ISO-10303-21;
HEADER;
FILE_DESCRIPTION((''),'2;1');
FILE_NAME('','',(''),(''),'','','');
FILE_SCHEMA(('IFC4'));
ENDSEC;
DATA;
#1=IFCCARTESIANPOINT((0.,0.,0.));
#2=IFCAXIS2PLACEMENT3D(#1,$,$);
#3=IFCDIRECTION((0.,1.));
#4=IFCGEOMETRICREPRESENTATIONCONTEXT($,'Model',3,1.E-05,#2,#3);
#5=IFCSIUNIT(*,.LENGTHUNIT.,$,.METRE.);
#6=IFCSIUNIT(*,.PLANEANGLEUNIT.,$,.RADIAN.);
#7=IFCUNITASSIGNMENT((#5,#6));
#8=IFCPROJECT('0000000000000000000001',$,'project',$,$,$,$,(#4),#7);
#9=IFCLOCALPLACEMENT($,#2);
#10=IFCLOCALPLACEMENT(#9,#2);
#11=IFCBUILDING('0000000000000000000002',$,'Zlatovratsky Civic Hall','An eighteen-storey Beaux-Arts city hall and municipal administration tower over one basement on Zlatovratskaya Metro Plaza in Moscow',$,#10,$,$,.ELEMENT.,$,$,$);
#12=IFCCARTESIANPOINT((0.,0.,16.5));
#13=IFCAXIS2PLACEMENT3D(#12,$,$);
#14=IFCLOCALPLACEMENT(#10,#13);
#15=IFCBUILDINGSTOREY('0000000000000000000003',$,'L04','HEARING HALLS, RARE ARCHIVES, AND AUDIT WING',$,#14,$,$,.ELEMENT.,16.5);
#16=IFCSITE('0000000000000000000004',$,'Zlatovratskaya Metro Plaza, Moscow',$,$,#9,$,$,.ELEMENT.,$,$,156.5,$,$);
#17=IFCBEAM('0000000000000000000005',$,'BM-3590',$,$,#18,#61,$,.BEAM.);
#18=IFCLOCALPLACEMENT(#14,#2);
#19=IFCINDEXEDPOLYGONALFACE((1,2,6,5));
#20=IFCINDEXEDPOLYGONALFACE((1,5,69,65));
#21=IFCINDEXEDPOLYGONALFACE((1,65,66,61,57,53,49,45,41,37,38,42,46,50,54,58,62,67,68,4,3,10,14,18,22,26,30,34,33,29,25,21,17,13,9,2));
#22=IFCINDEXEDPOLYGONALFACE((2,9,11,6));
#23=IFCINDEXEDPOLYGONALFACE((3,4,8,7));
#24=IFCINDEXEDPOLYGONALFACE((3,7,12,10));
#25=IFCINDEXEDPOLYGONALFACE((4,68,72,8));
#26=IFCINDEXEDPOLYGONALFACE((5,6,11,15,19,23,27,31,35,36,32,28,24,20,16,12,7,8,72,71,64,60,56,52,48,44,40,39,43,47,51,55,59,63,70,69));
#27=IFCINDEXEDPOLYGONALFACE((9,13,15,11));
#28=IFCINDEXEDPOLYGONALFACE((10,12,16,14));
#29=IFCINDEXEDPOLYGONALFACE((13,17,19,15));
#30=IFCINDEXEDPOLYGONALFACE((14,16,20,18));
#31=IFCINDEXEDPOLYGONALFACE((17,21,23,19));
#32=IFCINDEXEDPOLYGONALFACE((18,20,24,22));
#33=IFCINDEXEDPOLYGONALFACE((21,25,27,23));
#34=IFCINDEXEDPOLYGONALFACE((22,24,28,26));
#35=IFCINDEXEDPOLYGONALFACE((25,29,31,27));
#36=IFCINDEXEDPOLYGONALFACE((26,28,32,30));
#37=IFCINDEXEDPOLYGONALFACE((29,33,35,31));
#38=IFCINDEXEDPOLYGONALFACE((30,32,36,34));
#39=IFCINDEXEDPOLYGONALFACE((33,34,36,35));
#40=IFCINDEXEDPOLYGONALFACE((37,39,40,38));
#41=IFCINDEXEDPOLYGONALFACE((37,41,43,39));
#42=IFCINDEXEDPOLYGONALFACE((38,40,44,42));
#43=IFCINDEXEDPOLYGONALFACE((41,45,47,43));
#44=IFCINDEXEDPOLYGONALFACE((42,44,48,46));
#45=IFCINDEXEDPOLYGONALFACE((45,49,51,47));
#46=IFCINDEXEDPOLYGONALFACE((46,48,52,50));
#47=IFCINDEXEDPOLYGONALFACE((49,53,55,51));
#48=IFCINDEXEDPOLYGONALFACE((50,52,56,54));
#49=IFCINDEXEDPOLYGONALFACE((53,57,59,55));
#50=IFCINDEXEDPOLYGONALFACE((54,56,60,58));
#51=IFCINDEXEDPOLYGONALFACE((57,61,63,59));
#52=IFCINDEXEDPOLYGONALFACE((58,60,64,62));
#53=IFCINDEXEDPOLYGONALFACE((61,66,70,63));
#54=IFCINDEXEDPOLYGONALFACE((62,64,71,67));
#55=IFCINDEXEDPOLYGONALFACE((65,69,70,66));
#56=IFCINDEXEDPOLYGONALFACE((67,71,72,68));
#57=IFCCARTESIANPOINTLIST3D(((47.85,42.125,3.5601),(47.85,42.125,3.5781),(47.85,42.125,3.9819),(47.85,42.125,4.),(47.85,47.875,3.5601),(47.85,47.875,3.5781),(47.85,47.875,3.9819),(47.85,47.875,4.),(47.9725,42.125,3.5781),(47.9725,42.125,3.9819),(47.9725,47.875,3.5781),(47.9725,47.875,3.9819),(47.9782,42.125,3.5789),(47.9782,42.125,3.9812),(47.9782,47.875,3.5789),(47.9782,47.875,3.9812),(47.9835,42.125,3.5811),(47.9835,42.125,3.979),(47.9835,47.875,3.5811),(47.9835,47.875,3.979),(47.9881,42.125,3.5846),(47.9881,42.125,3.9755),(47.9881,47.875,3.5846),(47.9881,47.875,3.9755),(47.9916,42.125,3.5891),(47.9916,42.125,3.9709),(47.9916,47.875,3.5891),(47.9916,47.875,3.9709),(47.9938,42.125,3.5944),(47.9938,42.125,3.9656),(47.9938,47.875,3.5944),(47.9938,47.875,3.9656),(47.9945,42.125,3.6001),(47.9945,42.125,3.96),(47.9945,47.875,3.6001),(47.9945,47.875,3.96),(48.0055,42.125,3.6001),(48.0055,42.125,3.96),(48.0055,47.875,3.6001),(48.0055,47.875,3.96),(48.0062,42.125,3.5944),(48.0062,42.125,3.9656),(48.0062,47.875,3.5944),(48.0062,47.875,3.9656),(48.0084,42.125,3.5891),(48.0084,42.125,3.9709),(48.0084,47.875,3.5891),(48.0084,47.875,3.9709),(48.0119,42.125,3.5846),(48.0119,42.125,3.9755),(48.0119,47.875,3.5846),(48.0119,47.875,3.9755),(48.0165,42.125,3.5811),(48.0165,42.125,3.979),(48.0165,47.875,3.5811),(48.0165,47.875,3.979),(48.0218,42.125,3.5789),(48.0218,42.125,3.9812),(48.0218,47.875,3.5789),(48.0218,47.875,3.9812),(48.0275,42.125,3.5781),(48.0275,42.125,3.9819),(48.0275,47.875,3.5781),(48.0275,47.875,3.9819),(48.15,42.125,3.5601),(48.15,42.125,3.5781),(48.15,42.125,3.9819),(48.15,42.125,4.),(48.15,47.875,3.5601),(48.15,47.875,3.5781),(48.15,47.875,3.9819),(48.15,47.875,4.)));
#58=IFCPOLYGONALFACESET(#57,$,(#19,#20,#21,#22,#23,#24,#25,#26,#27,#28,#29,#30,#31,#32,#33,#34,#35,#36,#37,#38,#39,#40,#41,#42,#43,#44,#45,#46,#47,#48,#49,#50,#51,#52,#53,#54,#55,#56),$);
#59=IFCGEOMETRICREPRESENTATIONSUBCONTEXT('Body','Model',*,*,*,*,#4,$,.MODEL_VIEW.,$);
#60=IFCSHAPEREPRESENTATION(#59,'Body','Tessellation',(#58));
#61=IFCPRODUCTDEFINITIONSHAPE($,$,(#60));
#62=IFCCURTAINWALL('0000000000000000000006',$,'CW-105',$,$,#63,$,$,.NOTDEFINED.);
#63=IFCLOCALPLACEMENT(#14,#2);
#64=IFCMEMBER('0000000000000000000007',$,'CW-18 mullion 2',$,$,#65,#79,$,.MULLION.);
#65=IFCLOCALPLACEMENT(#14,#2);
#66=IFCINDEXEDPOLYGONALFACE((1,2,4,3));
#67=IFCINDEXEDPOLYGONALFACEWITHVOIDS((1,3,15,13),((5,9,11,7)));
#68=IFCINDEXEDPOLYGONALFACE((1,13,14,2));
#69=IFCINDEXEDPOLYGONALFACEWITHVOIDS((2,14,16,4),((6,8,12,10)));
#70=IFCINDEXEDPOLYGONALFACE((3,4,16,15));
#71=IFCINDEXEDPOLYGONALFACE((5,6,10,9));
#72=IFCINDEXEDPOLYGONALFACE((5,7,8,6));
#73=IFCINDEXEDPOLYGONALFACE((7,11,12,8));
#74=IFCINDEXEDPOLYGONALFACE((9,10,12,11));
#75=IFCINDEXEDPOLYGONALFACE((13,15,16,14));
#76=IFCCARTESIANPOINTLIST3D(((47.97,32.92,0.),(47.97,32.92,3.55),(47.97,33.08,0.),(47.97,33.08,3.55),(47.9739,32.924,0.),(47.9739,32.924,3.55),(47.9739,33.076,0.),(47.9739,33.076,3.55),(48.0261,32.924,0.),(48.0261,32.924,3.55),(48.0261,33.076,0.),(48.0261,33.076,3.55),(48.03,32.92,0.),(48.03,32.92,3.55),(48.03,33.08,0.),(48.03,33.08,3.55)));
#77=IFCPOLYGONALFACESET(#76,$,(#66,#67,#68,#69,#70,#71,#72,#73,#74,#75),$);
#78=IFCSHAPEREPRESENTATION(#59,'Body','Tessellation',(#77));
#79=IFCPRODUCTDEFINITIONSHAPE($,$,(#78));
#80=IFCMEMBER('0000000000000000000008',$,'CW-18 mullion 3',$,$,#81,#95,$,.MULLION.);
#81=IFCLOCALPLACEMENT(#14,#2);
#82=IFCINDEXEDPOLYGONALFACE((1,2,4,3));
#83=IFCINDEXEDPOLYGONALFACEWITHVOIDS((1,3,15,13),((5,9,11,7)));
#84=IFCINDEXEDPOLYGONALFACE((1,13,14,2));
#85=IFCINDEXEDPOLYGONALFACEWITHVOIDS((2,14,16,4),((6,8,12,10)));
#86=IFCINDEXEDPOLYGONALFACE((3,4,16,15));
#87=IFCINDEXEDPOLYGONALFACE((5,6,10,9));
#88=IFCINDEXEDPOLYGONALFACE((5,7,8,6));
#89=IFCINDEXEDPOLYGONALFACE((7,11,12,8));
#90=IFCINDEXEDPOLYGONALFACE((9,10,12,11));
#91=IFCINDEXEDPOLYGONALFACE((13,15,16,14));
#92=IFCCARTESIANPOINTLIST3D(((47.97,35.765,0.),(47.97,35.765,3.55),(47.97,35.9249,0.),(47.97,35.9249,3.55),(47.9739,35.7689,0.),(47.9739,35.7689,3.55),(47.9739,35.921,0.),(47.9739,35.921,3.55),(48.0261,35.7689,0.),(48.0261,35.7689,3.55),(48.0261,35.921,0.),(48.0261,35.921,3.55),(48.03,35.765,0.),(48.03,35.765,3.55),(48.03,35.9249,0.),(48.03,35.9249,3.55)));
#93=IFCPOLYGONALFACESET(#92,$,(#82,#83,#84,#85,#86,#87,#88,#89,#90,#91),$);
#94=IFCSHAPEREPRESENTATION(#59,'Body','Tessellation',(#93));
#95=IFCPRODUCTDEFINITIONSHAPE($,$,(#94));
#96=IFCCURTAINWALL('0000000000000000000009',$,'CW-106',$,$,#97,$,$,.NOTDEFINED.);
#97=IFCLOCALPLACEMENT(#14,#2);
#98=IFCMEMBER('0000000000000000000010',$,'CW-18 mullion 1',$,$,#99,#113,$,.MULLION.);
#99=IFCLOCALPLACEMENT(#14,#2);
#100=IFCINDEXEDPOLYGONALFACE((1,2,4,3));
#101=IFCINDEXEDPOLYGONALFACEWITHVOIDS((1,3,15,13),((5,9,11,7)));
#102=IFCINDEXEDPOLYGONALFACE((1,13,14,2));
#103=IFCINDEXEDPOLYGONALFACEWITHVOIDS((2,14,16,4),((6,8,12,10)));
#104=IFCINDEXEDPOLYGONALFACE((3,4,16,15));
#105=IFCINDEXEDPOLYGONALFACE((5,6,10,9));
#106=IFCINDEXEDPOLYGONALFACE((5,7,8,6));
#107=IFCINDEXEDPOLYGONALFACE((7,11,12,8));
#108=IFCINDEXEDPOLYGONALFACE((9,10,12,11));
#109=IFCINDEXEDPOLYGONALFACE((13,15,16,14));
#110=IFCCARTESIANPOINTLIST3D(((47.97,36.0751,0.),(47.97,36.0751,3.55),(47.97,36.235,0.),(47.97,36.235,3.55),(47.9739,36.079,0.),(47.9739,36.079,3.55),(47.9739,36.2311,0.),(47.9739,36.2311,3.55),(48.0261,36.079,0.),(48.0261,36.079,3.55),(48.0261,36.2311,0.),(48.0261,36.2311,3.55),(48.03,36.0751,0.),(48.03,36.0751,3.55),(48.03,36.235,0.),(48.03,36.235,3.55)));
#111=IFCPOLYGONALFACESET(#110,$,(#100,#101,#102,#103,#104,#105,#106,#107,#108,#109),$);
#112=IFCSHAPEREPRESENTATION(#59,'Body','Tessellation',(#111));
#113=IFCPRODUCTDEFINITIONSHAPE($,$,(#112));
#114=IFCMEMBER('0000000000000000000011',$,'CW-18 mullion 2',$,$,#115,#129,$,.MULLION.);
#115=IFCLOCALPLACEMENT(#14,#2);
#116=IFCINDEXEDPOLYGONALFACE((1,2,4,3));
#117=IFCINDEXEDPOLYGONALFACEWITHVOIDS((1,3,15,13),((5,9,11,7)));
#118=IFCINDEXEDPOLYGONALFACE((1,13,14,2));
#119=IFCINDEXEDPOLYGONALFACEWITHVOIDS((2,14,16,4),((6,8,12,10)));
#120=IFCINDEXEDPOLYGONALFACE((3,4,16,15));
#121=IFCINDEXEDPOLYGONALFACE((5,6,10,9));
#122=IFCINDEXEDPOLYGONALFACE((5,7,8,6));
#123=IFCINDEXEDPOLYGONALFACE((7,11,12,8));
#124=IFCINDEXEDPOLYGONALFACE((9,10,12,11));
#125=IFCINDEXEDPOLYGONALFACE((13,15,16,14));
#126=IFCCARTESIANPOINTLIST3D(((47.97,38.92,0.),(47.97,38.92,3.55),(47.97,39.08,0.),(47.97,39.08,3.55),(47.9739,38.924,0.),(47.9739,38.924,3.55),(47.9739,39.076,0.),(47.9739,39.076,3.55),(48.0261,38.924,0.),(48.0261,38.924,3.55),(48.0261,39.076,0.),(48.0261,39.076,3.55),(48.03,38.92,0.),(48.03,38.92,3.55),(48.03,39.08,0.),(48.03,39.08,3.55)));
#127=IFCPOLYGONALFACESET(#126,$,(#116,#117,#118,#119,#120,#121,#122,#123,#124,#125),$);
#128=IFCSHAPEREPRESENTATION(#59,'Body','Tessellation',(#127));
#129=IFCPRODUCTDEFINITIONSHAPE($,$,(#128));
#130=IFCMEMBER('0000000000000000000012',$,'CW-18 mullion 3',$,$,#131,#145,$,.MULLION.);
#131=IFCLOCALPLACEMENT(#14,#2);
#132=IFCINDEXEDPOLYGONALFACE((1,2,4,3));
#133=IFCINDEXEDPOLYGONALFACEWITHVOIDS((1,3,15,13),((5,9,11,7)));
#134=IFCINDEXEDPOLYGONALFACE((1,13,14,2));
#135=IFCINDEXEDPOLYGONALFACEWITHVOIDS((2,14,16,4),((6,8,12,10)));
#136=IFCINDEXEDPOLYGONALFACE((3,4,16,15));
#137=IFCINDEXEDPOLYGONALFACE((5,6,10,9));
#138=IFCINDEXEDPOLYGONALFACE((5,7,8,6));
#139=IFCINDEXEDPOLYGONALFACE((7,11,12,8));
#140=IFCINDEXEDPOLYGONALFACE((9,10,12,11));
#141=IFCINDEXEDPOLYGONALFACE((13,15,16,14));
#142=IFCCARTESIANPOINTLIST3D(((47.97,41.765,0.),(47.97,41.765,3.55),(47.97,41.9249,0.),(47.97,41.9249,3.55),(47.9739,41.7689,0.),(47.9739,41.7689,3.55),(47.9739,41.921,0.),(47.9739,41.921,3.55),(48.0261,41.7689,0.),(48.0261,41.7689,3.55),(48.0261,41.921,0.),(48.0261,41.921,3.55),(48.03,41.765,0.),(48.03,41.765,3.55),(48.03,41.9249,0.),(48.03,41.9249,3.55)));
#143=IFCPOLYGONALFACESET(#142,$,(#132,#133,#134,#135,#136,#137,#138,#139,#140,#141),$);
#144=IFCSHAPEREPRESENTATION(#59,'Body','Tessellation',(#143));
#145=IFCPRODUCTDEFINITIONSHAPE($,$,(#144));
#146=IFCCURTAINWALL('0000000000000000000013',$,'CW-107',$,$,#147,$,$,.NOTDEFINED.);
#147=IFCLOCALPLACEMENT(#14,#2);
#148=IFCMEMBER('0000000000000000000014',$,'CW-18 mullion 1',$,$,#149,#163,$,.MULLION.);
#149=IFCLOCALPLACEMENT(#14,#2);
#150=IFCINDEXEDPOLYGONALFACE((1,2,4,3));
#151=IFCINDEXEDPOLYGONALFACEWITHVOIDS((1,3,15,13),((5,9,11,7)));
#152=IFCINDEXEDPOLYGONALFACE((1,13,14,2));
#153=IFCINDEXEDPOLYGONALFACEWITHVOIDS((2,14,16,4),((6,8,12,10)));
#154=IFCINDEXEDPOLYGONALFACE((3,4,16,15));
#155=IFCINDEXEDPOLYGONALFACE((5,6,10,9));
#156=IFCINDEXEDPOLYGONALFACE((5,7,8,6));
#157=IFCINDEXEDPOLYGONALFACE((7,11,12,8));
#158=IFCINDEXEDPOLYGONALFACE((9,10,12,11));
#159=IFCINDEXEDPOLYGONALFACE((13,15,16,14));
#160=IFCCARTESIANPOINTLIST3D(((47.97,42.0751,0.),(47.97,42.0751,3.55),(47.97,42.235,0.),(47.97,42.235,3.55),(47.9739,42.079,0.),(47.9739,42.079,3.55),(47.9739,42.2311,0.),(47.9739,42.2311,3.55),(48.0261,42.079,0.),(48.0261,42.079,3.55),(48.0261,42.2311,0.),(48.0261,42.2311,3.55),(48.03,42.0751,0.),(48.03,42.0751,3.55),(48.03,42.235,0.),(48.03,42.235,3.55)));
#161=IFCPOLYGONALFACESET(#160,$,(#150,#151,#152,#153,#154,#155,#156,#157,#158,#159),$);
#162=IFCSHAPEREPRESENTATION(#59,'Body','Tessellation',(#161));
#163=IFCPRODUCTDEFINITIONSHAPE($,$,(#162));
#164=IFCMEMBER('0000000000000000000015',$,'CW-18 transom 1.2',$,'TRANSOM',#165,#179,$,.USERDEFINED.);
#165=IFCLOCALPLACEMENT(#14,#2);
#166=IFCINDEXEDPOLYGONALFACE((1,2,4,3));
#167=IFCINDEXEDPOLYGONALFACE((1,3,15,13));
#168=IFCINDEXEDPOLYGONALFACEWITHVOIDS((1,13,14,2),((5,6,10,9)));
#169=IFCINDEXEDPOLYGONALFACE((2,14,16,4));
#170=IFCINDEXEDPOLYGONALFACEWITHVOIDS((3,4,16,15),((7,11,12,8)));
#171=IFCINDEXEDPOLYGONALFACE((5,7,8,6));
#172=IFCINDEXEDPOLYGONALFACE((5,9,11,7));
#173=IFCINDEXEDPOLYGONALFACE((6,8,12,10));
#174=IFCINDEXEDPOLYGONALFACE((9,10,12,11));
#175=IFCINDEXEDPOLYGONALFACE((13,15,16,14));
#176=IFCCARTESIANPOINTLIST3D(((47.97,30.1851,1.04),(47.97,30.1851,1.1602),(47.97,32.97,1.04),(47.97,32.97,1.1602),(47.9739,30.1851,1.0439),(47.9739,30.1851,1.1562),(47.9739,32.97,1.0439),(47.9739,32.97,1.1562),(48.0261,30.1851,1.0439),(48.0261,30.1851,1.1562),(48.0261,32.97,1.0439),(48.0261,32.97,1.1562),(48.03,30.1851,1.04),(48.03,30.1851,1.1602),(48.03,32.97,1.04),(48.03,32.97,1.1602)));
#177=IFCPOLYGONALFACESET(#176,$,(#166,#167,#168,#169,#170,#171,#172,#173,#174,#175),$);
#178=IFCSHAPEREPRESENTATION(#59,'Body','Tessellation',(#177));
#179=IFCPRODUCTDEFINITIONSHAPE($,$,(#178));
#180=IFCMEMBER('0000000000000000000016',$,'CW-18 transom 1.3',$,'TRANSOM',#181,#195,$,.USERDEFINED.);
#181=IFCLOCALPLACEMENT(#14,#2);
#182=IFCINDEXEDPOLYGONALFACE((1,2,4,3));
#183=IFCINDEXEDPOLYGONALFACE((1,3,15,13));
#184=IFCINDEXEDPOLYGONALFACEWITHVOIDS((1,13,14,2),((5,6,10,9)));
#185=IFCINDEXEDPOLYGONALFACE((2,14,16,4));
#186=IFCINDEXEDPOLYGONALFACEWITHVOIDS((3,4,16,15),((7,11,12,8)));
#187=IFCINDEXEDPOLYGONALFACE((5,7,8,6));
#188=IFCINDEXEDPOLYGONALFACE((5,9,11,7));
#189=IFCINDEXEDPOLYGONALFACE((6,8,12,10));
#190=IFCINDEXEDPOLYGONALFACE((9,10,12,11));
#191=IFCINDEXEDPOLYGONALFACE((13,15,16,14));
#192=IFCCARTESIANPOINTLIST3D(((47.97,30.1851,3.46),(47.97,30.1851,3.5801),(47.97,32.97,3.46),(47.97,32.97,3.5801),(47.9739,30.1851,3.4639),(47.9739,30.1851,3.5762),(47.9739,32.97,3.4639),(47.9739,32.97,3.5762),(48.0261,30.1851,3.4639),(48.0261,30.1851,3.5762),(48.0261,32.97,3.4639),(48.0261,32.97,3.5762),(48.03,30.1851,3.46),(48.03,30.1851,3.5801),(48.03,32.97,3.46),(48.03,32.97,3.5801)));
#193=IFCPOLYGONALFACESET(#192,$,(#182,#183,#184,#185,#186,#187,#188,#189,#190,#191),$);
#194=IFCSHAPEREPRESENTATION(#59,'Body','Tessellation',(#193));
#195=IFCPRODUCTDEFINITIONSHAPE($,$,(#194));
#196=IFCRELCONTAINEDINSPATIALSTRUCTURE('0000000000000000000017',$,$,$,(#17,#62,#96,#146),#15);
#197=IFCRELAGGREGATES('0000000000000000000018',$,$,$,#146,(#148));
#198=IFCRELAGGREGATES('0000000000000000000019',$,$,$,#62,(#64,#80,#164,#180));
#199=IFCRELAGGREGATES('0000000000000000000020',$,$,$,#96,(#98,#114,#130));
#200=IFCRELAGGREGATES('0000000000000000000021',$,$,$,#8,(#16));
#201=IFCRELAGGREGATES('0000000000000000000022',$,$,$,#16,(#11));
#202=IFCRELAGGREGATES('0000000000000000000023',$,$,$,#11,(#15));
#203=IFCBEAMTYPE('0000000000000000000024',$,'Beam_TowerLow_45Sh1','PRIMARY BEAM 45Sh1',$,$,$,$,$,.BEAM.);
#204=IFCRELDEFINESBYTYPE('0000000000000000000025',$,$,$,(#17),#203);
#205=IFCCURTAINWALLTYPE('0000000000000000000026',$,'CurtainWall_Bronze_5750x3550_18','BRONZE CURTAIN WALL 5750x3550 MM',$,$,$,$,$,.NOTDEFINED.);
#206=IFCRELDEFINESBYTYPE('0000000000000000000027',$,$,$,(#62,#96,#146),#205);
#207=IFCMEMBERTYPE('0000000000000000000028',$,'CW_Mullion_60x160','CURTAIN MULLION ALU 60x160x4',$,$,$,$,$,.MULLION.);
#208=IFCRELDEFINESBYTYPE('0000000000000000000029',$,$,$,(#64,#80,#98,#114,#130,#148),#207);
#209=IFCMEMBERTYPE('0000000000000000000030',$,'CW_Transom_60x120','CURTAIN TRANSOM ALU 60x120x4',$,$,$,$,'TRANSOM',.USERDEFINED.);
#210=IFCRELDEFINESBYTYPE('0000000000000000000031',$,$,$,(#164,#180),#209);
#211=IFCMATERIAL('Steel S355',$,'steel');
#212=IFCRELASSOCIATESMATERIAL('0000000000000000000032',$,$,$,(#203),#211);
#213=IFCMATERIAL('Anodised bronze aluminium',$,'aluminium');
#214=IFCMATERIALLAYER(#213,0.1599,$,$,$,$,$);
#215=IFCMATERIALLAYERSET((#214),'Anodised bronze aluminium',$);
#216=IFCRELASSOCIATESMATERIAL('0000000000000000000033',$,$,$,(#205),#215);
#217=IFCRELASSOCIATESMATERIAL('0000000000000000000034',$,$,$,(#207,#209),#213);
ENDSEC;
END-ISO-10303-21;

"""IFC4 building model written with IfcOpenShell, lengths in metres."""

from ifc_helpers import new_model, si_unit, direction, frame, origin, origin_2d, place, context, subcontext, project, spatial, hollow_rectangle, i_section, extrude, material, layer, layer_set, material_profile, profile_set, type_object, element, aggregate, save


model = new_model("IFC4")

# Units and contexts
model_context = context("Model", 3, precision=1e-05, world=origin(), true_north=direction((0.0, 1.0)))
body_context = subcontext(model_context, "Body", "Model", "MODEL_VIEW")
ifc_project = project(units=[si_unit("LENGTHUNIT", "METRE"), si_unit("PLANEANGLEUNIT", "RADIAN")], contexts=[model_context])

# Site, building, storey
site_placement = place(None, origin())
site = spatial("IfcSite", under=ifc_project, at=site_placement, Name="Zlatovratskaya Metro Plaza, Moscow", CompositionType="ELEMENT", RefElevation=156.5)
building_placement = place(site_placement, origin())
building = spatial("IfcBuilding", under=site, at=building_placement, Name="Zlatovratsky Civic Hall", Description="An eighteen-storey Beaux-Arts city hall and municipal administration tower over one basement on Zlatovratskaya Metro Plaza in Moscow", CompositionType="ELEMENT")
storey_placement = place(building_placement, frame((0.0, 0.0, 16.5)))
storey = spatial("IfcBuildingStorey", under=building, at=storey_placement, Name="L04", Description="HEARING HALLS, RARE ARCHIVES, AND AUDIT WING", CompositionType="ELEMENT", Elevation=16.5)

# Shared definitions
ifc_material_1 = material(Name="Steel S355", Category="steel")

# Beam
ifc_material_profile_1 = material_profile(ifc_material_1, i_section(OverallWidth=0.3, OverallDepth=0.4399, WebThickness=0.011, FlangeThickness=0.0181, FilletRadius=0.022, at=origin_2d()), Name="45Sh1")
ifc_profile_set_1 = profile_set([ifc_material_profile_1], Name="Steel S355")
beam_type = type_object("IfcBeamType", Name="Beam_TowerLow_45Sh1", Description="PRIMARY BEAM 45Sh1", PredefinedType="BEAM", material=ifc_profile_set_1)
for number, where, z_axis, x_axis, name in (
    (1, (48.0, 42.125, 3.78), (0.0, 1.0, 0.0), (-1.0, 0.0, 0.0), "BM-3590"),
):
    element("IfcBeam", number, at=place(storey_placement, frame(where, z_axis=z_axis, x_axis=x_axis)), inside=storey, type_object=beam_type, Name=name, PredefinedType="BEAM", context=body_context, shape_type="SweptSolid", body=[
        extrude(i_section(OverallWidth=0.3, OverallDepth=0.4399, WebThickness=0.011, FlangeThickness=0.0181, FilletRadius=0.022, at=origin_2d()), origin(), (0.0, 0.0, 1.0), 5.75),
    ])

# Curtain walls, members
ifc_material_2 = material(Name="Anodised bronze aluminium", Category="aluminium")
ifc_layer_1 = layer(ifc_material_2, 0.1599)
ifc_layer_set_1 = layer_set([ifc_layer_1], Name="Anodised bronze aluminium")
curtain_wall_type = type_object("IfcCurtainWallType", Name="CurtainWall_Bronze_5750x3550_18", Description="BRONZE CURTAIN WALL 5750x3550 MM", PredefinedType="NOTDEFINED", material=ifc_layer_set_1)
curtain_wall_1_placement = place(storey_placement, origin())
curtain_wall_1 = element("IfcCurtainWall", 2, at=curtain_wall_1_placement, inside=storey, type_object=curtain_wall_type, Name="CW-105", PredefinedType="NOTDEFINED")
ifc_material_profile_2 = material_profile(ifc_material_2, hollow_rectangle(XDim=0.0601, YDim=0.1599, WallThickness=0.0039, at=origin_2d()), Name="ALU 60x160x4")
ifc_profile_set_2 = profile_set([ifc_material_profile_2], Name="Anodised bronze aluminium")
member_type_1 = type_object("IfcMemberType", Name="CW_Mullion_60x160", Description="CURTAIN MULLION ALU 60x160x4", PredefinedType="MULLION", material=ifc_profile_set_2)
member_1_placement = place(storey_placement, frame((48.0, 33.0, 0.0), z_axis=(0.0, 0.0, 1.0), x_axis=(-1.0, 0.0, 0.0)))
member_1 = element("IfcMember", 3, at=member_1_placement, type_object=member_type_1, Name="CW-18 mullion 2", PredefinedType="MULLION", context=body_context, shape_type="SweptSolid", body=[
    extrude(hollow_rectangle(XDim=0.0601, YDim=0.1599, WallThickness=0.0039, at=origin_2d()), origin(), (0.0, 0.0, 1.0), 3.55),
])
member_2_placement = place(storey_placement, frame((48.0, 35.845, 0.0), z_axis=(0.0, 0.0, 1.0), x_axis=(-1.0, 0.0, 0.0)))
member_2 = element("IfcMember", 4, at=member_2_placement, type_object=member_type_1, Name="CW-18 mullion 3", PredefinedType="MULLION", context=body_context, shape_type="SweptSolid", body=[
    extrude(hollow_rectangle(XDim=0.0601, YDim=0.1599, WallThickness=0.0039, at=origin_2d()), origin(), (0.0, 0.0, 1.0), 3.55),
])
curtain_wall_2_placement = place(storey_placement, origin())
curtain_wall_2 = element("IfcCurtainWall", 5, at=curtain_wall_2_placement, inside=storey, type_object=curtain_wall_type, Name="CW-106", PredefinedType="NOTDEFINED")
member_3_placement = place(storey_placement, frame((48.0, 36.155, 0.0), z_axis=(0.0, 0.0, 1.0), x_axis=(-1.0, 0.0, 0.0)))
member_3 = element("IfcMember", 6, at=member_3_placement, type_object=member_type_1, Name="CW-18 mullion 1", PredefinedType="MULLION", context=body_context, shape_type="SweptSolid", body=[
    extrude(hollow_rectangle(XDim=0.0601, YDim=0.1599, WallThickness=0.0039, at=origin_2d()), origin(), (0.0, 0.0, 1.0), 3.55),
])
member_4_placement = place(storey_placement, frame((48.0, 39.0, 0.0), z_axis=(0.0, 0.0, 1.0), x_axis=(-1.0, 0.0, 0.0)))
member_4 = element("IfcMember", 7, at=member_4_placement, type_object=member_type_1, Name="CW-18 mullion 2", PredefinedType="MULLION", context=body_context, shape_type="SweptSolid", body=[
    extrude(hollow_rectangle(XDim=0.0601, YDim=0.1599, WallThickness=0.0039, at=origin_2d()), origin(), (0.0, 0.0, 1.0), 3.55),
])
member_5_placement = place(storey_placement, frame((48.0, 41.845, 0.0), z_axis=(0.0, 0.0, 1.0), x_axis=(-1.0, 0.0, 0.0)))
member_5 = element("IfcMember", 8, at=member_5_placement, type_object=member_type_1, Name="CW-18 mullion 3", PredefinedType="MULLION", context=body_context, shape_type="SweptSolid", body=[
    extrude(hollow_rectangle(XDim=0.0601, YDim=0.1599, WallThickness=0.0039, at=origin_2d()), origin(), (0.0, 0.0, 1.0), 3.55),
])

# Curtain wall, member
curtain_wall_3_placement = place(storey_placement, origin())
curtain_wall_3 = element("IfcCurtainWall", 9, at=curtain_wall_3_placement, inside=storey, type_object=curtain_wall_type, Name="CW-107", PredefinedType="NOTDEFINED")
member_6_placement = place(storey_placement, frame((48.0, 42.155, 0.0), z_axis=(0.0, 0.0, 1.0), x_axis=(-1.0, 0.0, 0.0)))
member_6 = element("IfcMember", 10, at=member_6_placement, type_object=member_type_1, Name="CW-18 mullion 1", PredefinedType="MULLION", context=body_context, shape_type="SweptSolid", body=[
    extrude(hollow_rectangle(XDim=0.0601, YDim=0.1599, WallThickness=0.0039, at=origin_2d()), origin(), (0.0, 0.0, 1.0), 3.55),
])

# Members
ifc_material_profile_3 = material_profile(ifc_material_2, hollow_rectangle(XDim=0.0601, YDim=0.1201, WallThickness=0.0039, at=origin_2d()), Name="ALU 60x120x4")
ifc_profile_set_3 = profile_set([ifc_material_profile_3], Name="Anodised bronze aluminium")
member_type_2 = type_object("IfcMemberType", Name="CW_Transom_60x120", Description="CURTAIN TRANSOM ALU 60x120x4", ElementType="TRANSOM", PredefinedType="USERDEFINED", material=ifc_profile_set_3)
member_7_placement = place(storey_placement, frame((48.0, 30.1851, 1.1001), z_axis=(0.0, 1.0, 0.0), x_axis=(-1.0, 0.0, 0.0)))
member_7 = element("IfcMember", 11, at=member_7_placement, type_object=member_type_2, Name="CW-18 transom 1.2", ObjectType="TRANSOM", PredefinedType="USERDEFINED", context=body_context, shape_type="SweptSolid", body=[
    extrude(hollow_rectangle(XDim=0.0601, YDim=0.1201, WallThickness=0.0039, at=origin_2d()), origin(), (0.0, 0.0, 1.0), 2.7849),
])
member_8_placement = place(storey_placement, frame((48.0, 30.1851, 3.52), z_axis=(0.0, 1.0, 0.0), x_axis=(-1.0, 0.0, 0.0)))
member_8 = element("IfcMember", 12, at=member_8_placement, type_object=member_type_2, Name="CW-18 transom 1.3", ObjectType="TRANSOM", PredefinedType="USERDEFINED", context=body_context, shape_type="SweptSolid", body=[
    extrude(hollow_rectangle(XDim=0.0601, YDim=0.1201, WallThickness=0.0039, at=origin_2d()), origin(), (0.0, 0.0, 1.0), 2.7849),
])
aggregate(curtain_wall_3, [member_6])

aggregate(curtain_wall_1, [member_1, member_2, member_7, member_8])
aggregate(curtain_wall_2, [member_3, member_4, member_5])

save(model, "model.ifc")
